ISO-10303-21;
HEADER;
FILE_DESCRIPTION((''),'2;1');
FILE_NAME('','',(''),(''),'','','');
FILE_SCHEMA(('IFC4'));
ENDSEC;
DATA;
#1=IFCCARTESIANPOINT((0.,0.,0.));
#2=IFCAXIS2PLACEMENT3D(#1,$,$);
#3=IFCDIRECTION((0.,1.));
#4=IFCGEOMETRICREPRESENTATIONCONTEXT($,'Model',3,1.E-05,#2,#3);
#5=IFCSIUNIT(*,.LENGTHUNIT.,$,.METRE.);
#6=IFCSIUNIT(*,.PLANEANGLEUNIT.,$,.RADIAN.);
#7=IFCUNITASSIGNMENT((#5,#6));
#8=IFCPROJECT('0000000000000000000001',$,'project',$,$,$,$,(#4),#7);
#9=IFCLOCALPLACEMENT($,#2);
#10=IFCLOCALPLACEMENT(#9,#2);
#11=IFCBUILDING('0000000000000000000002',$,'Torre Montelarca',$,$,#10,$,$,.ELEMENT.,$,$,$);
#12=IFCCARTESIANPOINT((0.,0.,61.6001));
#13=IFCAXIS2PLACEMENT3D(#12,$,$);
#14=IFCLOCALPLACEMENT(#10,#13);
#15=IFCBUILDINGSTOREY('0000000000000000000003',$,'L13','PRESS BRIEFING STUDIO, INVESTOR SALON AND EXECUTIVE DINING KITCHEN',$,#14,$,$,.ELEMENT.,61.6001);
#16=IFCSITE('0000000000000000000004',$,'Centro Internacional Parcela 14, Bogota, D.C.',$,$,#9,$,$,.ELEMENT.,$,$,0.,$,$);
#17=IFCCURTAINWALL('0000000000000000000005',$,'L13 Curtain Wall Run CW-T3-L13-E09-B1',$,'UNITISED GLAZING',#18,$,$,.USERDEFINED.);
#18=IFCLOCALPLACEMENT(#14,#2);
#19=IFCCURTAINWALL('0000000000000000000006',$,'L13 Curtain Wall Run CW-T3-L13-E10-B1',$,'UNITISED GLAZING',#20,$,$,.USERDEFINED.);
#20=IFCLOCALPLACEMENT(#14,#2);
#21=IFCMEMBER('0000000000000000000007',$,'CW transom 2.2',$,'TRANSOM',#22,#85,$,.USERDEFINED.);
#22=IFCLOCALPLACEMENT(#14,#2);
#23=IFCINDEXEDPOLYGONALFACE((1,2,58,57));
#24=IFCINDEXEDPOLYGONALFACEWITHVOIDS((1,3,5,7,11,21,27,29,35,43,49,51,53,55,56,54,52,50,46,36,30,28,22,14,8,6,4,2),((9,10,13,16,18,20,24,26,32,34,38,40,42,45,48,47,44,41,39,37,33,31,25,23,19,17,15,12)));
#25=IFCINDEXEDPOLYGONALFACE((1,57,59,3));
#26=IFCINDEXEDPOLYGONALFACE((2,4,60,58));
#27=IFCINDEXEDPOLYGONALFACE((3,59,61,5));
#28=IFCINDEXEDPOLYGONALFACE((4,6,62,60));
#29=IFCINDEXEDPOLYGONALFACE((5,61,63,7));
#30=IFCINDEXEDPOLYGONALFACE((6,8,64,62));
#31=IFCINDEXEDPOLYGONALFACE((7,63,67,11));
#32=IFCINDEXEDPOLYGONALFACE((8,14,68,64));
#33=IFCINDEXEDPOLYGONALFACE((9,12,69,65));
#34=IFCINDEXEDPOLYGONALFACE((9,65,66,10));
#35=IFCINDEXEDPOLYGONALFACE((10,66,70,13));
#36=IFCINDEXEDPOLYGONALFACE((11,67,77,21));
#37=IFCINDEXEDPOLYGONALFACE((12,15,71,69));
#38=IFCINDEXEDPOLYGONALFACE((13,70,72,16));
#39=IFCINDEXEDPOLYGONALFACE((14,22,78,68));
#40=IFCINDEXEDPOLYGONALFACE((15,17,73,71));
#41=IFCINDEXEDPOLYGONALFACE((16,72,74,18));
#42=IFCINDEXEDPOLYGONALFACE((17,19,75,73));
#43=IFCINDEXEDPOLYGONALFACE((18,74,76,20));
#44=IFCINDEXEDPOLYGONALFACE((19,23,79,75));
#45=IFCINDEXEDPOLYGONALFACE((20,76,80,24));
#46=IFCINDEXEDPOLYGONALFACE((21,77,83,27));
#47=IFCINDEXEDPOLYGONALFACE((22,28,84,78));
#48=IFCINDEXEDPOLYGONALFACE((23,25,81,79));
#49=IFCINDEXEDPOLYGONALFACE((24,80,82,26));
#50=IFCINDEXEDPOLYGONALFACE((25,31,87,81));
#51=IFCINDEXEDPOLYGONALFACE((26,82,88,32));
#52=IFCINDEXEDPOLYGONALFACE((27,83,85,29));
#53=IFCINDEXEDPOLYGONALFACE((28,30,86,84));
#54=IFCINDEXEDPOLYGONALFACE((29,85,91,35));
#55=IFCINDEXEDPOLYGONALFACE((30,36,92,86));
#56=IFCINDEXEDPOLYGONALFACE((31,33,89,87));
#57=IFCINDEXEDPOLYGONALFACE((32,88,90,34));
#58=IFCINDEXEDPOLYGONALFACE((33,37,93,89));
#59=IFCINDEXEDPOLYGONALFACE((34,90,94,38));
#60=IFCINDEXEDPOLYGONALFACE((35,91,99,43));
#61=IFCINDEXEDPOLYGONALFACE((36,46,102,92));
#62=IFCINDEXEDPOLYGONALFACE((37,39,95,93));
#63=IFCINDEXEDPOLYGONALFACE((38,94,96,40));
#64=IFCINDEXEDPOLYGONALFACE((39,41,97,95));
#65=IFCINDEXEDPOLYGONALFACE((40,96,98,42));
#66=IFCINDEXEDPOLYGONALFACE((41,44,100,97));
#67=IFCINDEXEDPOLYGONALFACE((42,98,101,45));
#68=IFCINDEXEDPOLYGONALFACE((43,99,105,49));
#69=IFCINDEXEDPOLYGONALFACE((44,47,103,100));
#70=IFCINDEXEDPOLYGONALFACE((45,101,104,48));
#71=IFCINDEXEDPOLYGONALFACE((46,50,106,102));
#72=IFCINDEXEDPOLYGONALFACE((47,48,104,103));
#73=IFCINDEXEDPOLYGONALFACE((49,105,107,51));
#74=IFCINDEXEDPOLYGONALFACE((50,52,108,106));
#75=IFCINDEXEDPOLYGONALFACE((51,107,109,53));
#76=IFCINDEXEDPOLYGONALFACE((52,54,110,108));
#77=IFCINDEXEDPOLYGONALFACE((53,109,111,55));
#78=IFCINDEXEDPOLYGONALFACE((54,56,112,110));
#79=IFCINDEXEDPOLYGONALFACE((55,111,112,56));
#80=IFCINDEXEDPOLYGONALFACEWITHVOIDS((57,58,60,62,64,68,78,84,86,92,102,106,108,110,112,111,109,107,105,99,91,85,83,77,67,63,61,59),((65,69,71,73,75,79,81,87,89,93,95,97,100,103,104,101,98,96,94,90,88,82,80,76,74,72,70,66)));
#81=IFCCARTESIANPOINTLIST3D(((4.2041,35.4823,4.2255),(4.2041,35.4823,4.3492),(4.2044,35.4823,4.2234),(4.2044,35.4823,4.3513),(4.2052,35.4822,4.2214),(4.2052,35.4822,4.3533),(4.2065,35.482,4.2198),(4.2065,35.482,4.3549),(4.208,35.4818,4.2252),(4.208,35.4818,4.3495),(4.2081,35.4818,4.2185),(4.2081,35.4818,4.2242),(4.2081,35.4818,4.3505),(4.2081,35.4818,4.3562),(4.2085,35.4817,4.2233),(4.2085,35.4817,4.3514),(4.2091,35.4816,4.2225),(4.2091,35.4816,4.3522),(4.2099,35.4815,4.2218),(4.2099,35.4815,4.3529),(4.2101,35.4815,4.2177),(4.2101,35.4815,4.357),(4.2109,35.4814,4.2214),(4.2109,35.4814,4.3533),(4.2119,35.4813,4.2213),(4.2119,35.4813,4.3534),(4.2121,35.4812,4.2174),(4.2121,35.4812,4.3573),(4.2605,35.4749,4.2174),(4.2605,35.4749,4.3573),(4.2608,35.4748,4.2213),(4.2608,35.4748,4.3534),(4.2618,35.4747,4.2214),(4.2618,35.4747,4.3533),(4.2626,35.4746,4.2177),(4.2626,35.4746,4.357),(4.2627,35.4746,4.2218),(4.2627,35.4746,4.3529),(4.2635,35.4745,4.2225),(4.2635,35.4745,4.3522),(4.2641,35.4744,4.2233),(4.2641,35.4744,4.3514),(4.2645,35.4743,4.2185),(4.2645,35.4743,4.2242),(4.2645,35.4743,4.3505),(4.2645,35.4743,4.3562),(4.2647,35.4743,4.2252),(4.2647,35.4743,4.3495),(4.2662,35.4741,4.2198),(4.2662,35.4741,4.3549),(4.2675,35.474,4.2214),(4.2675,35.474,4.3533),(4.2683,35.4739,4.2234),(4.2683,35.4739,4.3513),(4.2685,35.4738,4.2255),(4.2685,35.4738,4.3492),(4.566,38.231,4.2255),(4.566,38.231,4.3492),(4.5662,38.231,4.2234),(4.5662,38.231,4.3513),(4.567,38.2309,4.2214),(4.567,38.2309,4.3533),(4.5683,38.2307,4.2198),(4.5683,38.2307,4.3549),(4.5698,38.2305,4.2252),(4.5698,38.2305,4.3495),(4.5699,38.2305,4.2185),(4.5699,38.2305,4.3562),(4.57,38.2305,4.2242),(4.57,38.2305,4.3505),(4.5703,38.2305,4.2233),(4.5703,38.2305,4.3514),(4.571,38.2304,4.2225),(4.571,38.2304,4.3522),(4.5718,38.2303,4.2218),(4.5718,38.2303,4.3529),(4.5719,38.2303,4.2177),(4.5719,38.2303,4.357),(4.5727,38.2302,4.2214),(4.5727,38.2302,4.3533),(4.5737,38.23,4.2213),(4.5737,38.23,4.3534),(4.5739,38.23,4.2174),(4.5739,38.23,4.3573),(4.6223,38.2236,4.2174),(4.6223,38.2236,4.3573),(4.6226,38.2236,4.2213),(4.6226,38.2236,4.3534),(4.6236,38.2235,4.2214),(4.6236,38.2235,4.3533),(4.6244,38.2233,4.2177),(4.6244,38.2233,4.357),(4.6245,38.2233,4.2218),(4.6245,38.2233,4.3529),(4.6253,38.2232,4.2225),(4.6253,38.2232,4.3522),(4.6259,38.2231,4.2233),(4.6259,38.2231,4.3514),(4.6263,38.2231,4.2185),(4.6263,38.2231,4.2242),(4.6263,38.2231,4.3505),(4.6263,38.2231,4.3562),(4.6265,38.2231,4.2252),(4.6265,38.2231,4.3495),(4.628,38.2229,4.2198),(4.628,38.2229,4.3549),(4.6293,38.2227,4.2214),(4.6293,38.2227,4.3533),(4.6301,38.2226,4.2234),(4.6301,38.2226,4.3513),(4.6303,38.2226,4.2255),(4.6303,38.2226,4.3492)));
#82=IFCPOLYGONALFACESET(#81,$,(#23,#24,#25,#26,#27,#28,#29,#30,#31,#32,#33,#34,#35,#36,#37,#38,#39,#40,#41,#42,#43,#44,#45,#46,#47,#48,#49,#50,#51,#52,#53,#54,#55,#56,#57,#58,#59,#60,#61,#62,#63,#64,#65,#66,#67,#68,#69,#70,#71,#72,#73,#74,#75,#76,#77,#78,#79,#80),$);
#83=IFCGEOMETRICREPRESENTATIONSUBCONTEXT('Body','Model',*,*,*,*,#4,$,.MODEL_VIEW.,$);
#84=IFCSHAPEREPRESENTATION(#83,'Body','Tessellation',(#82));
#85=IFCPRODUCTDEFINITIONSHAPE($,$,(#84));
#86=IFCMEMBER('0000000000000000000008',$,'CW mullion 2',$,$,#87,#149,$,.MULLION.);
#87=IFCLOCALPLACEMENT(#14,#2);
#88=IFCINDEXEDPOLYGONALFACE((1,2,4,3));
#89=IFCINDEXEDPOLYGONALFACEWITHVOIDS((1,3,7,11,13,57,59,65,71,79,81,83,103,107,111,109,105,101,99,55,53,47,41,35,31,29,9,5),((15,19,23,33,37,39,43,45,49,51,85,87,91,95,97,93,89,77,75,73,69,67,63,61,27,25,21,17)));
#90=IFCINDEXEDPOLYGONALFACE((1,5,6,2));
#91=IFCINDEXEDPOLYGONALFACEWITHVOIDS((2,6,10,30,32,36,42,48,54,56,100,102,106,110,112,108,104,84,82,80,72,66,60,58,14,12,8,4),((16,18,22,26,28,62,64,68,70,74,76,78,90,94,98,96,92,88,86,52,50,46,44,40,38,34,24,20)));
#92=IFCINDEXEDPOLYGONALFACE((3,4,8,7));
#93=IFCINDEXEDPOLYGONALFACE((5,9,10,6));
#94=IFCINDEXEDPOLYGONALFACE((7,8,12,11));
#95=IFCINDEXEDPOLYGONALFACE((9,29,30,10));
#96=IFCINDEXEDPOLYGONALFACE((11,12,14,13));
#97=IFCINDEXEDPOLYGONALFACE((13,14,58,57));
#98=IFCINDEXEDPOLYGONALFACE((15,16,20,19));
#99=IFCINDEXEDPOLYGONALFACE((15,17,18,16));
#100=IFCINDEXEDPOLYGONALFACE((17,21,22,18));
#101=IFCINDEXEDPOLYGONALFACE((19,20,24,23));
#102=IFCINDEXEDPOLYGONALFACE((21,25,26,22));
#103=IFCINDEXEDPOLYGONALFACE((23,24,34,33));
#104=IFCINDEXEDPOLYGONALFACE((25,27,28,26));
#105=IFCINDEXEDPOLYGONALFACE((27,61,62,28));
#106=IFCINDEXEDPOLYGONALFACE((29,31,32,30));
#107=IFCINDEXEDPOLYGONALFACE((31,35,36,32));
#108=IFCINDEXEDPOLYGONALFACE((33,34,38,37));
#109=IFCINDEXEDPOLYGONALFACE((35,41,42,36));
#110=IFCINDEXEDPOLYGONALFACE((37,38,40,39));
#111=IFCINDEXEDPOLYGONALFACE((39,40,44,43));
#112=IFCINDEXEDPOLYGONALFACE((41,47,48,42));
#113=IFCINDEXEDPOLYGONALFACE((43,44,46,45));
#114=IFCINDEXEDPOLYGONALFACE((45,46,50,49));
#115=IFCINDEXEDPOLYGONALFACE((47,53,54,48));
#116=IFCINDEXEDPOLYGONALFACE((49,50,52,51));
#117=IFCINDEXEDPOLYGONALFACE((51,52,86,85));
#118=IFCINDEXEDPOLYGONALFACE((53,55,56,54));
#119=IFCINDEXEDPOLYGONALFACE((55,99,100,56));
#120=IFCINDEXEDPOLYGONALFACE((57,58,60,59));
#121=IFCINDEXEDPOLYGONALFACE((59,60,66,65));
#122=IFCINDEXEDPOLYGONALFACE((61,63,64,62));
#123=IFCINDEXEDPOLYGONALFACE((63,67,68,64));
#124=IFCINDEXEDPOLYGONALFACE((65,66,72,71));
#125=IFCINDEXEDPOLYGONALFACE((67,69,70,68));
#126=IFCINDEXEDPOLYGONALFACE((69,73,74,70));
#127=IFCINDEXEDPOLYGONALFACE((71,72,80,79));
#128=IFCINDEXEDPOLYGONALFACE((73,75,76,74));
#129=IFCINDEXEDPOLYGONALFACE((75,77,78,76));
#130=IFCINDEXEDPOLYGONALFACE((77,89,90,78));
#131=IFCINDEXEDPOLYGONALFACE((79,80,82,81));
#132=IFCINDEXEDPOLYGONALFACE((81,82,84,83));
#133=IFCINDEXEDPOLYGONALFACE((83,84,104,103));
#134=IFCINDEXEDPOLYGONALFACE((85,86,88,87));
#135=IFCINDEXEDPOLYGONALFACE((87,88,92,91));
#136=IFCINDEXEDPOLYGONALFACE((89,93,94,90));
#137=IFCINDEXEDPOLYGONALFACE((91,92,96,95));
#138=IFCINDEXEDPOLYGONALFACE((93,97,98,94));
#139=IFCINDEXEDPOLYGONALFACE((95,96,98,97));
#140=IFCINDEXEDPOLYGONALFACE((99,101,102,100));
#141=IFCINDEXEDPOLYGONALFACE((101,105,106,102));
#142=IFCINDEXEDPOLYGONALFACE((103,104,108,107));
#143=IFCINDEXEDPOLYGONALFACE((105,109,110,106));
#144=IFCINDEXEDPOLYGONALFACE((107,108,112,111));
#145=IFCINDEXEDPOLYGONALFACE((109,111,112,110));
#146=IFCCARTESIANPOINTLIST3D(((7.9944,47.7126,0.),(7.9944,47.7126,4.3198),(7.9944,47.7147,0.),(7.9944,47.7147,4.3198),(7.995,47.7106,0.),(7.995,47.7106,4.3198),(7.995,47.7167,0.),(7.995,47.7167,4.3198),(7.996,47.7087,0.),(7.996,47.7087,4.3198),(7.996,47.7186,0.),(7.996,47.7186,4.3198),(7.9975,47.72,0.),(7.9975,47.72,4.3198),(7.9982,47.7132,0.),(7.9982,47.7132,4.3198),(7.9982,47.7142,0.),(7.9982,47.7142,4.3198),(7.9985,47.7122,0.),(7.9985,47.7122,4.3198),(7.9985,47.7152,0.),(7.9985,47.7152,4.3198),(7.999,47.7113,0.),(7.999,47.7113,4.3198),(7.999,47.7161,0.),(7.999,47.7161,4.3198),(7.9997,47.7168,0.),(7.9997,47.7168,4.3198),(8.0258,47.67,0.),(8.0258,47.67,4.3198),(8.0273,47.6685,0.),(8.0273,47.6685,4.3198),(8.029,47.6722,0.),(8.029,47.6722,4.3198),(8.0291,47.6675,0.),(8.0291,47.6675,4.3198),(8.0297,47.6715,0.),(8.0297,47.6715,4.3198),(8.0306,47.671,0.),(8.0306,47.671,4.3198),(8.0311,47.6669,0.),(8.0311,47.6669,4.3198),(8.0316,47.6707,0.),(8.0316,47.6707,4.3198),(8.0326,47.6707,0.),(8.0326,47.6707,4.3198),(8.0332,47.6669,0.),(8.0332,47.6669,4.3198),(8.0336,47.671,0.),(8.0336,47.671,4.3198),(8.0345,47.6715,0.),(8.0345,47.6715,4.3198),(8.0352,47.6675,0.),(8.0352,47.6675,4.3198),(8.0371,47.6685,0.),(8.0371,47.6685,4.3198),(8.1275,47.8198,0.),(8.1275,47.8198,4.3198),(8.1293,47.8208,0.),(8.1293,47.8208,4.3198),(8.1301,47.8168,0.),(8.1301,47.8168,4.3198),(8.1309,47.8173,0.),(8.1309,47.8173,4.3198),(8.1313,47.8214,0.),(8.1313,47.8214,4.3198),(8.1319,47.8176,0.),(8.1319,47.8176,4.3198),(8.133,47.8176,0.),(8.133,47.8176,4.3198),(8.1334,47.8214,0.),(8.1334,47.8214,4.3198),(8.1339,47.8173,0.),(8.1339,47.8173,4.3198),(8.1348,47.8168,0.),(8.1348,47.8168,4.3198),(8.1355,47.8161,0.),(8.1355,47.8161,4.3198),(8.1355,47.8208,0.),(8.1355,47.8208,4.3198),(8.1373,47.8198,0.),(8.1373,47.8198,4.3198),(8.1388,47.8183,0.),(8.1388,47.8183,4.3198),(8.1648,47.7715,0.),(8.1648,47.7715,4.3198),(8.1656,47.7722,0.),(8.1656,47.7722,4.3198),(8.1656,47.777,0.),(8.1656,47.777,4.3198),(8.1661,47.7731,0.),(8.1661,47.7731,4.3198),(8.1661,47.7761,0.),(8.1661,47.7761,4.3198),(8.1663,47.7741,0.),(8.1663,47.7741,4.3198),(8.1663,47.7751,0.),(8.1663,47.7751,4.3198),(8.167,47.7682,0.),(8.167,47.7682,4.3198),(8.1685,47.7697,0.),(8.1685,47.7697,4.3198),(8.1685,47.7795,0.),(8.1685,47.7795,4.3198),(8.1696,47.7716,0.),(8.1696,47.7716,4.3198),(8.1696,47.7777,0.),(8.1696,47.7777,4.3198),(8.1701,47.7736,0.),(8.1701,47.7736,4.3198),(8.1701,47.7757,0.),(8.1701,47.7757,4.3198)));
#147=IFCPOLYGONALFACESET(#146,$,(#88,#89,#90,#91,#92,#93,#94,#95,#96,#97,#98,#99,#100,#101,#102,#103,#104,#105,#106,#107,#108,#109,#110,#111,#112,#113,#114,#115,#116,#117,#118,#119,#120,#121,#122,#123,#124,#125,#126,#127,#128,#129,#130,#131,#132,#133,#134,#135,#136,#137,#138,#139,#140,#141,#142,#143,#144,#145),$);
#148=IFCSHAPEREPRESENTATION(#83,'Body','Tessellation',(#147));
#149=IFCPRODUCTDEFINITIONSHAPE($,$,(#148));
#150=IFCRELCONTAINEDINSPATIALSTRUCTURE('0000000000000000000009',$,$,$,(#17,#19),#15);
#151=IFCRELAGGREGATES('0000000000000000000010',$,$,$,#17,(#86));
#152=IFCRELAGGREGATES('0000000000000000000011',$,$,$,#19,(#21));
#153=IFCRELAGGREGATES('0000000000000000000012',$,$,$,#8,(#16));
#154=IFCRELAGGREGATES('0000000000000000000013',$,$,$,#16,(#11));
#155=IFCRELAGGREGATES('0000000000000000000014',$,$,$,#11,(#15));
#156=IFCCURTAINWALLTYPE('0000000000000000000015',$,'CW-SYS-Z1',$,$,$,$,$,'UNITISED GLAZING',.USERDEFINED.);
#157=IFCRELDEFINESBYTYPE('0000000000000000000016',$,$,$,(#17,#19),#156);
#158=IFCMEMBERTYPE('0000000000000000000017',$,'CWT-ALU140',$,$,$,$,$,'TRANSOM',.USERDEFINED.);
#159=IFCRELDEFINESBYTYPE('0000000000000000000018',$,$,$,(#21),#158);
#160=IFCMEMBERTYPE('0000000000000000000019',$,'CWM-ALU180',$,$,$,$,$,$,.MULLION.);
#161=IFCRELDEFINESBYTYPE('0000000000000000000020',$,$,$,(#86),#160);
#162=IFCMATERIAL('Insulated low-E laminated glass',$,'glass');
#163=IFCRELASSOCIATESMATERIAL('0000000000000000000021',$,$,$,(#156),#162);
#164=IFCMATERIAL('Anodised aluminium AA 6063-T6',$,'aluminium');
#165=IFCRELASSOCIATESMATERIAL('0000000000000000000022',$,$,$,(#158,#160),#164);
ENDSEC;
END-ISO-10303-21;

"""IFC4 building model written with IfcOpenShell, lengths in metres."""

from ifc_helpers import new_model, si_unit, direction, frame, origin, origin_2d, place, context, subcontext, project, spatial, hollow_rectangle, extrude, source, transform, mapped, material, material_profile, profile_set, type_object, element, aggregate, save


model = new_model("IFC4")

# Units and contexts
model_context = context("Model", 3, precision=1e-05, world=origin(), true_north=direction((0.0, 1.0)))
body_context = subcontext(model_context, "Body", "Model", "MODEL_VIEW")
ifc_project = project(units=[si_unit("LENGTHUNIT", "METRE"), si_unit("PLANEANGLEUNIT", "RADIAN")], contexts=[model_context])

# Site, building, storey
site_placement = place(None, origin())
site = spatial("IfcSite", under=ifc_project, at=site_placement, Name="Centro Internacional Parcela 14, Bogota, D.C.", CompositionType="ELEMENT", RefElevation=0.0)
building_placement = place(site_placement, origin())
building = spatial("IfcBuilding", under=site, at=building_placement, Name="Torre Montelarca", CompositionType="ELEMENT")
storey_placement = place(building_placement, frame((0.0, 0.0, 61.6001)))
storey = spatial("IfcBuildingStorey", under=building, at=storey_placement, Name="L13", Description="PRESS BRIEFING STUDIO, INVESTOR SALON AND EXECUTIVE DINING KITCHEN", CompositionType="ELEMENT", Elevation=61.6001)

# Curtain walls, member
ifc_material_1 = material(Name="Insulated low-E laminated glass", Category="glass")
curtain_wall_type = type_object("IfcCurtainWallType", Name="CW-SYS-Z1", ElementType="UNITISED GLAZING", PredefinedType="USERDEFINED", material=ifc_material_1)
curtain_wall_1_placement = place(storey_placement, origin())
curtain_wall_1 = element("IfcCurtainWall", 1, at=curtain_wall_1_placement, inside=storey, type_object=curtain_wall_type, Name="L13 Curtain Wall Run CW-T3-L13-E09-B1", ObjectType="UNITISED GLAZING", PredefinedType="USERDEFINED")
ifc_material_2 = material(Name="Anodised aluminium AA 6063-T6", Category="aluminium")
ifc_material_profile_1 = material_profile(ifc_material_2, hollow_rectangle(XDim=0.0649, YDim=0.1399, WallThickness=0.0039, InnerFilletRadius=0.0039, OuterFilletRadius=0.0081, at=origin_2d()), Name="ALU65X140X4", Category="aluminium")
ifc_profile_set_1 = profile_set([ifc_material_profile_1], Name="Anodised aluminium AA 6063-T6")
member_type_1 = type_object("IfcMemberType", Name="CWT-ALU140", ElementType="TRANSOM", PredefinedType="USERDEFINED", material=ifc_profile_set_1)
curtain_wall_2_placement = place(storey_placement, origin())
curtain_wall_2 = element("IfcCurtainWall", 2, at=curtain_wall_2_placement, inside=storey, type_object=curtain_wall_type, Name="L13 Curtain Wall Run CW-T3-L13-E10-B1", ObjectType="UNITISED GLAZING", PredefinedType="USERDEFINED")
shared_shape_1 = source(origin(), body_context, "Body", "SweptSolid", [
    extrude(hollow_rectangle(XDim=0.0649, YDim=0.1399, WallThickness=0.0039, InnerFilletRadius=0.0039, OuterFilletRadius=0.0081, at=origin_2d()), origin(), (0.0, 0.0, 1.0), 2.7725),
])
member_1_placement = place(storey_placement, frame((4.5981, 38.2268, 4.2874), z_axis=(-0.130502, -0.991448, 0.0), x_axis=(0.991448, -0.130502, 0.0)))
member_1 = element("IfcMember", 3, at=member_1_placement, type_object=member_type_1, Name="CW transom 2.2", ObjectType="TRANSOM", PredefinedType="USERDEFINED", context=body_context, shape_type="MappedRepresentation", body=[
    mapped(shared_shape_1, transform((0.0, 0.0, 0.0), scale=1.0)),
])

# Member
ifc_material_profile_2 = material_profile(ifc_material_2, hollow_rectangle(XDim=0.0649, YDim=0.1799, WallThickness=0.0039, InnerFilletRadius=0.0039, OuterFilletRadius=0.0081, at=origin_2d()), Name="ALU65X180X4", Category="aluminium")
ifc_profile_set_2 = profile_set([ifc_material_profile_2], Name="Anodised aluminium AA 6063-T6")
member_type_2 = type_object("IfcMemberType", Name="CWM-ALU180", PredefinedType="MULLION", material=ifc_profile_set_2)
shared_shape_2 = source(origin(), body_context, "Body", "SweptSolid", [
    extrude(hollow_rectangle(XDim=0.0649, YDim=0.1799, WallThickness=0.0039, InnerFilletRadius=0.0039, OuterFilletRadius=0.0081, at=origin_2d()), origin(), (0.0, 0.0, 1.0), 4.3198),
])
member_2_placement = place(storey_placement, frame((8.0823, 47.7441, 0.0), z_axis=(0.0, 0.0, 1.0), x_axis=(0.608764, -0.793351, 0.0)))
member_2 = element("IfcMember", 4, at=member_2_placement, type_object=member_type_2, Name="CW mullion 2", PredefinedType="MULLION", context=body_context, shape_type="MappedRepresentation", body=[
    mapped(shared_shape_2, transform((0.0, 0.0, 0.0), scale=1.0)),
])

aggregate(curtain_wall_1, [member_2])
aggregate(curtain_wall_2, [member_1])

save(model, "model.ifc")
